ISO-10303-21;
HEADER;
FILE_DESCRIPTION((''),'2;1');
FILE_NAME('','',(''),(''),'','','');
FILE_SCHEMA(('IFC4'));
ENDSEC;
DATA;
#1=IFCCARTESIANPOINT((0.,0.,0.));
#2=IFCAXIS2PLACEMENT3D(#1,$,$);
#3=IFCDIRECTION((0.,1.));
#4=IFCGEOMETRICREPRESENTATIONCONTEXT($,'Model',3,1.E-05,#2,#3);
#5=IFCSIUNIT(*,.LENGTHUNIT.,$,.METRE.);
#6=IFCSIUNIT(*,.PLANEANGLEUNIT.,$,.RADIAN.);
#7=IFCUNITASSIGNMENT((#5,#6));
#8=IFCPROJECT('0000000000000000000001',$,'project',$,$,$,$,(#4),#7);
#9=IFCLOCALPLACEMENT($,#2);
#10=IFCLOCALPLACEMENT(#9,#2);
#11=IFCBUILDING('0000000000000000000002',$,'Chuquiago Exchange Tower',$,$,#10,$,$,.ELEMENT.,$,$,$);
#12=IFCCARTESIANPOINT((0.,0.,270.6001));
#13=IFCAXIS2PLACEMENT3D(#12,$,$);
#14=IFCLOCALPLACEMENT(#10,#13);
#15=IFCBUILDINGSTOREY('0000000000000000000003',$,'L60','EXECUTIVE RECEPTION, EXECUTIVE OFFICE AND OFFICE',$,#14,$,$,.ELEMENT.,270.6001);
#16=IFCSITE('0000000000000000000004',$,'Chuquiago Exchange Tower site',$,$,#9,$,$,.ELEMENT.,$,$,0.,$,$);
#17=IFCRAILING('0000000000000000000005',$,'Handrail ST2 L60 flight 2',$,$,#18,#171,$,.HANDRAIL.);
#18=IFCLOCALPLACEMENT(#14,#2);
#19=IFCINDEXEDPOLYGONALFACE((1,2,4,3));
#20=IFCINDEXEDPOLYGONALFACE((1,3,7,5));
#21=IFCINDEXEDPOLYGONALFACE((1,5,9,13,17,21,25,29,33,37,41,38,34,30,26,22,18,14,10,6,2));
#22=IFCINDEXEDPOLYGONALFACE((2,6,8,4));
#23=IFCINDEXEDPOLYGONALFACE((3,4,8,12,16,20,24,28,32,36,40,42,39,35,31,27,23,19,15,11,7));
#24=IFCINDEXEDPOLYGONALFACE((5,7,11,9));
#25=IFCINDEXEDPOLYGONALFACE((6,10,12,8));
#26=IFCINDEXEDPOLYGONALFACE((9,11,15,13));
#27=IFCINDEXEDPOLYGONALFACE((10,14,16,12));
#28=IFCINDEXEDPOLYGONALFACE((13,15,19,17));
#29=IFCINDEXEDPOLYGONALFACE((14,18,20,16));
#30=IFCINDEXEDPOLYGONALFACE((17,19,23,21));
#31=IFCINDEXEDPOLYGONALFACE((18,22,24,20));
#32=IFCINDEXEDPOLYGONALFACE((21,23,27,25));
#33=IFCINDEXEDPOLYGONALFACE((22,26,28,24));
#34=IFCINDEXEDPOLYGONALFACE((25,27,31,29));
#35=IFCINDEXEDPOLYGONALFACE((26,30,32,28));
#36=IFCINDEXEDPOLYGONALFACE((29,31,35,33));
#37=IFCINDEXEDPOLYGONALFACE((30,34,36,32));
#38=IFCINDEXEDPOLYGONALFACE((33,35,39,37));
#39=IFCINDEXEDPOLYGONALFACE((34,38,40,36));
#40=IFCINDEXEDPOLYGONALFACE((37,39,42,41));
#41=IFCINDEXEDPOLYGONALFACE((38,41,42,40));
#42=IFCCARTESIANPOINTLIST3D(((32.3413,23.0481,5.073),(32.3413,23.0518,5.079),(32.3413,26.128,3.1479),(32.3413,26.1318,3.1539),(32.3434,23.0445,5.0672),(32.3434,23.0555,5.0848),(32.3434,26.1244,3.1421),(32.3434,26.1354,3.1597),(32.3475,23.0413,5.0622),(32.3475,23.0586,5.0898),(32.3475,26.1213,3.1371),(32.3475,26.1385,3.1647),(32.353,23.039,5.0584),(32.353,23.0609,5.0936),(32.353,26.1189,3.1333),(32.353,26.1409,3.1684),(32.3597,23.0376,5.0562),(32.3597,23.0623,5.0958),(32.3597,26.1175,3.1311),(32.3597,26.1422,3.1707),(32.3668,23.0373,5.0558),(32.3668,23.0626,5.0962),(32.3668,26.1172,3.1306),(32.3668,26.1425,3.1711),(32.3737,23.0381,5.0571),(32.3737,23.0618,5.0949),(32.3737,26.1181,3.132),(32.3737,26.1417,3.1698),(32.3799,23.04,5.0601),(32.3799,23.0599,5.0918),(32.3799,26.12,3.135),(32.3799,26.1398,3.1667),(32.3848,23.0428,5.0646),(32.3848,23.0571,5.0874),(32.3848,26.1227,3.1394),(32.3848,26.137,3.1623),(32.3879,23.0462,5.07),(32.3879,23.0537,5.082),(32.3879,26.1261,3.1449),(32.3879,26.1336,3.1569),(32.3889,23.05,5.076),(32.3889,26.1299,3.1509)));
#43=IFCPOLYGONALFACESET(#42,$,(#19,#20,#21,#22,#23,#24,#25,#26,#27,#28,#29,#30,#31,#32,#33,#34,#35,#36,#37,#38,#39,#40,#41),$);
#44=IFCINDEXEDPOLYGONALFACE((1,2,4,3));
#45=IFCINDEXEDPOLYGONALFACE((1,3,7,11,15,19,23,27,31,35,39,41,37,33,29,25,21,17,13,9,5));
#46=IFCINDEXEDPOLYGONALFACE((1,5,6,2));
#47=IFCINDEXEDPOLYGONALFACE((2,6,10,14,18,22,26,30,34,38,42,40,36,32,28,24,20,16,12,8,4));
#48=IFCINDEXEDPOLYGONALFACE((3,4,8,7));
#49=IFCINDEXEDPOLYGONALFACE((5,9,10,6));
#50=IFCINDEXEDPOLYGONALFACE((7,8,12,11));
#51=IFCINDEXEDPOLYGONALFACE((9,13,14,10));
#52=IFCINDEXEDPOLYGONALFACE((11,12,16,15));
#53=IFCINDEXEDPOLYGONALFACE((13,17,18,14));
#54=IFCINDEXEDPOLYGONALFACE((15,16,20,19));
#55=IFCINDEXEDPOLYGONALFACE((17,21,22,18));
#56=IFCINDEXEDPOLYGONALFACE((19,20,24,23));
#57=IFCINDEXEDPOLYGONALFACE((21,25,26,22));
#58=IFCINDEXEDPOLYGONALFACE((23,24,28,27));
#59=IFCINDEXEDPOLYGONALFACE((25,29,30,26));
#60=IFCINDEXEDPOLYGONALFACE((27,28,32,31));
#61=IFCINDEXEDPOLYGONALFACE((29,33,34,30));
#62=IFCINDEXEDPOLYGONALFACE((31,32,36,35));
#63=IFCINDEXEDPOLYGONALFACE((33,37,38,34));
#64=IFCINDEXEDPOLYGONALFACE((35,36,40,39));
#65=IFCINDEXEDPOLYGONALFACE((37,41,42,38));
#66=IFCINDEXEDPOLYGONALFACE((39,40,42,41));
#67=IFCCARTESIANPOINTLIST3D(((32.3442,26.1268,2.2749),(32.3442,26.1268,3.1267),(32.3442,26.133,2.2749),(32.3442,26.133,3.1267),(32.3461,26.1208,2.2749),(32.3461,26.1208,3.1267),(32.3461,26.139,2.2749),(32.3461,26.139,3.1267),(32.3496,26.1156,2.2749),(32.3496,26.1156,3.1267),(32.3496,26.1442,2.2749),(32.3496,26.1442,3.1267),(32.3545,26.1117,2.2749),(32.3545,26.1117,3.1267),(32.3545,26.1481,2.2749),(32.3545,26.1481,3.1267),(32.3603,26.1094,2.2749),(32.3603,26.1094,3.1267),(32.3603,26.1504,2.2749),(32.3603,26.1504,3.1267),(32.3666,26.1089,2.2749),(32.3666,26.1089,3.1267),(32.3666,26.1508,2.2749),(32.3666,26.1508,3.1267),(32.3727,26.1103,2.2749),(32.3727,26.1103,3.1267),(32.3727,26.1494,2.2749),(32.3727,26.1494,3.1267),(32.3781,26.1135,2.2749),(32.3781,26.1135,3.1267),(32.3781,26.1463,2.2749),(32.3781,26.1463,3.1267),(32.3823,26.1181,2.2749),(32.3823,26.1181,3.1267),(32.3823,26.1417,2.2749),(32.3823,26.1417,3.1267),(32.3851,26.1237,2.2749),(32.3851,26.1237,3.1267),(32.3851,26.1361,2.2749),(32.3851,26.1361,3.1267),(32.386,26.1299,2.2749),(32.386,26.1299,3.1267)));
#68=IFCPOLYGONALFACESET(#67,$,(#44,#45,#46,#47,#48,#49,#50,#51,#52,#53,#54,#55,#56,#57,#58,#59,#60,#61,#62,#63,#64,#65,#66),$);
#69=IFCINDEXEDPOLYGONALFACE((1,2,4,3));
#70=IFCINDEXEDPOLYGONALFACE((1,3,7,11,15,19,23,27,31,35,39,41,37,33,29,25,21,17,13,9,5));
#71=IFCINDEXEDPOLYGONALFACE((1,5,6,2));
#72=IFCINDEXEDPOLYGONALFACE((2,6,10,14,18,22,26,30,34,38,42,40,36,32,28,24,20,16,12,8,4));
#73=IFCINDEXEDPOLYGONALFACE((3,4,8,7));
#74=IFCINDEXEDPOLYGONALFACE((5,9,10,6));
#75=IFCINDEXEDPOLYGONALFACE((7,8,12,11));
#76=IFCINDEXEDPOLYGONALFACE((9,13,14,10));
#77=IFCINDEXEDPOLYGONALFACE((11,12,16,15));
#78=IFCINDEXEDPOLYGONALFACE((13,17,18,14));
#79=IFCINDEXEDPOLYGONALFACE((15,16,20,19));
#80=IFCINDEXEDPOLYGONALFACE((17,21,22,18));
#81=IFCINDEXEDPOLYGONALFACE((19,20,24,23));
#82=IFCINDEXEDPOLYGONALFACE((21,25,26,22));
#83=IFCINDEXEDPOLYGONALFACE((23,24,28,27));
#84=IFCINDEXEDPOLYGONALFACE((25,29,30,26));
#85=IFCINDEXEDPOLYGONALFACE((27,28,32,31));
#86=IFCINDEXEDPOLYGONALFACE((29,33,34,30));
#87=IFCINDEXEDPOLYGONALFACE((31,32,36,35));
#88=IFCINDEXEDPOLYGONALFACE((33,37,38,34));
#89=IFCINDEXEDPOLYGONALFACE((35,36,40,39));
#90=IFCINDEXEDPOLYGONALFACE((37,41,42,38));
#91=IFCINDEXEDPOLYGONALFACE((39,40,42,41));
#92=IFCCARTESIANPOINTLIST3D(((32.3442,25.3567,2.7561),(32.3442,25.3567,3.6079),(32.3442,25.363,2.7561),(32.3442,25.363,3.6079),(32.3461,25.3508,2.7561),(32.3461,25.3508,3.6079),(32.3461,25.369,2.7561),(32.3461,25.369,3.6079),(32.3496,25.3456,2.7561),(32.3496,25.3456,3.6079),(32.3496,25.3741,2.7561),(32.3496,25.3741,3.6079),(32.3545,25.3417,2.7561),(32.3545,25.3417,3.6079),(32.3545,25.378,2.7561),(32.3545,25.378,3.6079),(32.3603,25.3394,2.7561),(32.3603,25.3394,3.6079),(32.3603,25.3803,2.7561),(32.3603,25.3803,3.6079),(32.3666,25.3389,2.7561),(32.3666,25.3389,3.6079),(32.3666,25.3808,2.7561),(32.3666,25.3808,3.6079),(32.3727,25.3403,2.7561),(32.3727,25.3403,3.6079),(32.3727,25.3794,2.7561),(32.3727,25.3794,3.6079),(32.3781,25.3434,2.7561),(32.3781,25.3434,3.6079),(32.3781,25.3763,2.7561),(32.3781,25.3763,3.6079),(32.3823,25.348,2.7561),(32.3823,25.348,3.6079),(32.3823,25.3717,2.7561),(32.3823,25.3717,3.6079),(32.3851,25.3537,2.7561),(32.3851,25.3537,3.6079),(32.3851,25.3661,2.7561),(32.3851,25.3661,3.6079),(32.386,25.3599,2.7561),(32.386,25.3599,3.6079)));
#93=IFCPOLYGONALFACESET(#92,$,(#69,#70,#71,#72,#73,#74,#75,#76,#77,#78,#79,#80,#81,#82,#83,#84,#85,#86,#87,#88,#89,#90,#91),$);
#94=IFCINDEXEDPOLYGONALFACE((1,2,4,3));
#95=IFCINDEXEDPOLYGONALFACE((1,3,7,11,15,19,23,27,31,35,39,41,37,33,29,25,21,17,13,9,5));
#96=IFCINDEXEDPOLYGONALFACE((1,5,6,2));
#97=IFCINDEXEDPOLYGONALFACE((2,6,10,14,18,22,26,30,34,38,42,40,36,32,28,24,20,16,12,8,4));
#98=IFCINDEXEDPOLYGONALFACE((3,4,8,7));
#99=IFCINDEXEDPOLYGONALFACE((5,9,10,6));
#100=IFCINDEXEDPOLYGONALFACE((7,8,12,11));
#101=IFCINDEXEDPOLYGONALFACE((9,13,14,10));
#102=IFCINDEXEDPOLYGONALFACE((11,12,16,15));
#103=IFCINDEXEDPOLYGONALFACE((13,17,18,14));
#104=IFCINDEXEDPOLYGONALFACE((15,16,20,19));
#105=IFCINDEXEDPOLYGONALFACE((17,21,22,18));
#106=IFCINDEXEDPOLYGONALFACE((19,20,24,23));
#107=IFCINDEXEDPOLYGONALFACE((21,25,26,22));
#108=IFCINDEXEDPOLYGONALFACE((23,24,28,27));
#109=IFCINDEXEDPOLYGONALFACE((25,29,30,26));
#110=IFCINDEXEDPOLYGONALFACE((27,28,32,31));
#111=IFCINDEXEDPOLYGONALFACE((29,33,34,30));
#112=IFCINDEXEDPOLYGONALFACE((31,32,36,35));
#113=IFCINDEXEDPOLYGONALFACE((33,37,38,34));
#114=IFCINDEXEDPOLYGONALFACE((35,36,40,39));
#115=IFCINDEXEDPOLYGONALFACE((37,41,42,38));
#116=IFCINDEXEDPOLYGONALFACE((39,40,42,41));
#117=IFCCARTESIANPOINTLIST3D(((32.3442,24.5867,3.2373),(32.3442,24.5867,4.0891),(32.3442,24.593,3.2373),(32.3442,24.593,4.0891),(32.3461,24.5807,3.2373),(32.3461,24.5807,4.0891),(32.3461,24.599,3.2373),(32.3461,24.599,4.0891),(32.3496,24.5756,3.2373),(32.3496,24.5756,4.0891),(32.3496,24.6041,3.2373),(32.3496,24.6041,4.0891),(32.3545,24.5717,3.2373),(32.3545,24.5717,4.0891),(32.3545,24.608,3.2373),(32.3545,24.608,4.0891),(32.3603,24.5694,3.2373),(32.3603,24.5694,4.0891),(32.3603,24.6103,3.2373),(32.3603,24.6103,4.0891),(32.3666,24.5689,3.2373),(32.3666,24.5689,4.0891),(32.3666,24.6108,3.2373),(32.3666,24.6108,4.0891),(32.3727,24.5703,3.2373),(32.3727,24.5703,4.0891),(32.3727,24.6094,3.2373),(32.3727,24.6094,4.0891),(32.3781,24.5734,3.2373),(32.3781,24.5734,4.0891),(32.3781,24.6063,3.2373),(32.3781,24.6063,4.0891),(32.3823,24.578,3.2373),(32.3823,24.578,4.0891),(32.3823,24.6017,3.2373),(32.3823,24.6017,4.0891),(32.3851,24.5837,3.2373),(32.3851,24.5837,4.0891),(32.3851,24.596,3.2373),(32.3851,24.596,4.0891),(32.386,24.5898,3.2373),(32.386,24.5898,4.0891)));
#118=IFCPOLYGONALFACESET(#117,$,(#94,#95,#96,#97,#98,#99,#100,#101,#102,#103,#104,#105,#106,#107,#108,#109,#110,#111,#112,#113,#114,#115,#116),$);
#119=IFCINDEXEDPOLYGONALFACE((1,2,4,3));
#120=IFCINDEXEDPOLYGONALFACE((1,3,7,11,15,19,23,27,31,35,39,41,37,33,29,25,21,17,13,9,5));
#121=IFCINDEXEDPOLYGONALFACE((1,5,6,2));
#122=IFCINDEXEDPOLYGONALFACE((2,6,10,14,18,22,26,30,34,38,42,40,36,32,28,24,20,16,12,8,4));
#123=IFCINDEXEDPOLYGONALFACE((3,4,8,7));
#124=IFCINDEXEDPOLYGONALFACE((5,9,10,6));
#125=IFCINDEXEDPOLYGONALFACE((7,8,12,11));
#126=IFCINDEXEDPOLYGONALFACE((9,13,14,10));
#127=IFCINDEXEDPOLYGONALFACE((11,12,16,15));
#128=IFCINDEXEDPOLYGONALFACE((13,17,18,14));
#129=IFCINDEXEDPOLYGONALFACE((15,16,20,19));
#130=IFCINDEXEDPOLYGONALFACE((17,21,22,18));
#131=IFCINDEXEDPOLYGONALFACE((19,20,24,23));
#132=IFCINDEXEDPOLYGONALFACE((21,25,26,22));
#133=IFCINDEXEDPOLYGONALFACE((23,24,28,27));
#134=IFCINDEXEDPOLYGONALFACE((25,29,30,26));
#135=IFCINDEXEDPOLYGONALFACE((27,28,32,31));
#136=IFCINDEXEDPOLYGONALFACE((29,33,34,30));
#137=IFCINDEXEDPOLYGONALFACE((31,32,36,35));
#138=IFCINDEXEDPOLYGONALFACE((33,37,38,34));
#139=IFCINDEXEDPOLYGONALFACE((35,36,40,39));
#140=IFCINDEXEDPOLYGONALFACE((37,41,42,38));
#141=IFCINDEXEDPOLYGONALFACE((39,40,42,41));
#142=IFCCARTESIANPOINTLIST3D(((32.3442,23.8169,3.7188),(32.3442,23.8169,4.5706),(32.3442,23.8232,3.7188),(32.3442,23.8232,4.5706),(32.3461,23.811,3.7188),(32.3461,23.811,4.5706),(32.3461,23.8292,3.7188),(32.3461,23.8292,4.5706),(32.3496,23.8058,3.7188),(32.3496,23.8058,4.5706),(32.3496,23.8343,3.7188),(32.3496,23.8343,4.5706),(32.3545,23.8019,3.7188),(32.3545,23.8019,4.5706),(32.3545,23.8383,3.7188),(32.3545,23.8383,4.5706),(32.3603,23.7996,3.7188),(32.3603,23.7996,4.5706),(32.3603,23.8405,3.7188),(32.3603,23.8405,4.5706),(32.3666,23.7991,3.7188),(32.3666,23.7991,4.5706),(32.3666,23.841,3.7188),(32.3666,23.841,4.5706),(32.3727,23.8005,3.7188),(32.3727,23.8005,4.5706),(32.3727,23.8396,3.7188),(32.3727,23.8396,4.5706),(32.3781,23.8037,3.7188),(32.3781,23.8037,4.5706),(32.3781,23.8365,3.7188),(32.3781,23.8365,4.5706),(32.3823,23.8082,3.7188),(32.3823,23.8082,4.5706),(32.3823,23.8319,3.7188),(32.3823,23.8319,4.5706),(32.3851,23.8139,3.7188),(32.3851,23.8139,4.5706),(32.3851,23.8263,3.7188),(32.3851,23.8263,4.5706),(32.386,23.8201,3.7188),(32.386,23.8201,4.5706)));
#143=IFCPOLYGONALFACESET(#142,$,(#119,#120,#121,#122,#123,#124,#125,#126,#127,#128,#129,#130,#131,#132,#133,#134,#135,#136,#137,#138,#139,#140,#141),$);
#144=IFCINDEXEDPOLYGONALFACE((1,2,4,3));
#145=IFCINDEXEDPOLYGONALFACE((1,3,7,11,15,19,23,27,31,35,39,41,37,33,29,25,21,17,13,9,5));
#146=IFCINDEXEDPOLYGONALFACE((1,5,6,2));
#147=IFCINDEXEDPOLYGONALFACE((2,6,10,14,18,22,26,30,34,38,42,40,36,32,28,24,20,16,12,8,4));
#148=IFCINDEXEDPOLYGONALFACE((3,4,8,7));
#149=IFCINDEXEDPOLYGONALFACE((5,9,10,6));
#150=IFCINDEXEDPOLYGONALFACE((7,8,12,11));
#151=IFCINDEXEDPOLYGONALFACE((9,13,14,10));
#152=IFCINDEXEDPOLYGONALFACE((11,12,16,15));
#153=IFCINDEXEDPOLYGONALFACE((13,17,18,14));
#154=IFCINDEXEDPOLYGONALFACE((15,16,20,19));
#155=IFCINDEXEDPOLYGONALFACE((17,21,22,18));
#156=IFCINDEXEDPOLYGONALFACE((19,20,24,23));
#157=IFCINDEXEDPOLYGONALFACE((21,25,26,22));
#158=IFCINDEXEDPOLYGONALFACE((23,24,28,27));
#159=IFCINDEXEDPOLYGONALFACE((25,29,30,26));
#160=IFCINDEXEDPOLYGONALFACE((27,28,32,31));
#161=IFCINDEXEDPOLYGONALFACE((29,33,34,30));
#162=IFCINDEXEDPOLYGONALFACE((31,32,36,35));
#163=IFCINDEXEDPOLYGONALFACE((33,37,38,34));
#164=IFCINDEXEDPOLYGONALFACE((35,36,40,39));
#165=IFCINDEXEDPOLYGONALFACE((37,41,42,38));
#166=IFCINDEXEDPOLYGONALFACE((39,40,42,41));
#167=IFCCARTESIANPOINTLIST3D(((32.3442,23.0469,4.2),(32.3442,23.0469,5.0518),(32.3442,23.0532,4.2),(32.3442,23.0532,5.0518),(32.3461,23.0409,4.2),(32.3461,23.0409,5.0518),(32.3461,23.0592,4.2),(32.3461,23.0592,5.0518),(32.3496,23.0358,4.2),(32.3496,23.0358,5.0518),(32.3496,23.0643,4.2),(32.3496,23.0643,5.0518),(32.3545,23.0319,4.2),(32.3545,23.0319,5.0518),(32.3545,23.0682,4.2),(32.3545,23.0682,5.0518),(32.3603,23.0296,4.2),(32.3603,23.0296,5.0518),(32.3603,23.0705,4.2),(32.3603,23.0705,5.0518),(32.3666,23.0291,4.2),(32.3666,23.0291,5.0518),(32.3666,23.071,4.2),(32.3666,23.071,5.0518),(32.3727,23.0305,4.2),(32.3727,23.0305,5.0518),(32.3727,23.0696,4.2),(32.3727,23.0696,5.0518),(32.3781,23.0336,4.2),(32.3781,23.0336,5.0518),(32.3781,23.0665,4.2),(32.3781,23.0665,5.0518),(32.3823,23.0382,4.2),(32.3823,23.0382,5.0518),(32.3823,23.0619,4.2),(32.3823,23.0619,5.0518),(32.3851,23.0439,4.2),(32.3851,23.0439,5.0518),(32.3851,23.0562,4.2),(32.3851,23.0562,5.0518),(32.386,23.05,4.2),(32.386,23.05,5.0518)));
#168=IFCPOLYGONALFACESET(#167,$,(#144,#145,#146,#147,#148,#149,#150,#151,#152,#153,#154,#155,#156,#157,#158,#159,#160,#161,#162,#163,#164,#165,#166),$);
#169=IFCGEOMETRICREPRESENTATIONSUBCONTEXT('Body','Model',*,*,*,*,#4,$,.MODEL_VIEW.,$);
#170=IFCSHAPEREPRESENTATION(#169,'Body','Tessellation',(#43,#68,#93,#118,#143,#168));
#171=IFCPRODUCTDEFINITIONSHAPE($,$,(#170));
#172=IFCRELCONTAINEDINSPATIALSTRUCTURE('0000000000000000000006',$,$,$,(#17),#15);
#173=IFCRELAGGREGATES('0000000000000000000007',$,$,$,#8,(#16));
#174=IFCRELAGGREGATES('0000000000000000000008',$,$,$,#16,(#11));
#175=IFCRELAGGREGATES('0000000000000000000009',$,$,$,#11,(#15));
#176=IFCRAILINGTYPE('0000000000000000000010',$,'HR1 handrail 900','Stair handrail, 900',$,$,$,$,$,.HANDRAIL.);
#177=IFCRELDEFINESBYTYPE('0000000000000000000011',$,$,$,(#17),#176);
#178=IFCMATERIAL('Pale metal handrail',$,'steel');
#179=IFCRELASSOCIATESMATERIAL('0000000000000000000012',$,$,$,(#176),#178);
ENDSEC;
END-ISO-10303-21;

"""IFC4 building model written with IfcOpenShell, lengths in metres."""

from ifc_helpers import new_model, si_unit, direction, frame, origin, origin_2d, place, context, subcontext, project, spatial, circle, extrude, material, type_object, element, save


model = new_model("IFC4")

# Units and contexts
model_context = context("Model", 3, precision=1e-05, world=origin(), true_north=direction((0.0, 1.0)))
body_context = subcontext(model_context, "Body", "Model", "MODEL_VIEW")
ifc_project = project(units=[si_unit("LENGTHUNIT", "METRE"), si_unit("PLANEANGLEUNIT", "RADIAN")], contexts=[model_context])

# Site, building, storey
site_placement = place(None, origin())
site = spatial("IfcSite", under=ifc_project, at=site_placement, Name="Chuquiago Exchange Tower site", CompositionType="ELEMENT", RefElevation=0.0)
building_placement = place(site_placement, origin())
building = spatial("IfcBuilding", under=site, at=building_placement, Name="Chuquiago Exchange Tower", CompositionType="ELEMENT")
storey_placement = place(building_placement, frame((0.0, 0.0, 270.6001)))
storey = spatial("IfcBuildingStorey", under=building, at=storey_placement, Name="L60", Description="EXECUTIVE RECEPTION, EXECUTIVE OFFICE AND OFFICE", CompositionType="ELEMENT", Elevation=270.6001)

# Railing
ifc_material_1 = material(Name="Pale metal handrail", Category="steel")
railing_type_1 = type_object("IfcRailingType", Name="HR1 handrail 900", Description="Stair handrail, 900", PredefinedType="HANDRAIL", material=ifc_material_1)
for number, where, name in (
    (1, (32.365, 26.1299, 2.2749), "Handrail ST2 L60 flight 2"),
):
    element("IfcRailing", number, at=place(storey_placement, frame(where)), inside=storey, type_object=railing_type_1, Name=name, PredefinedType="HANDRAIL", context=body_context, shape_type="SweptSolid", body=[
        extrude(circle(Radius=0.0239, at=origin_2d()), frame((0.0, 0.0, 0.876), z_axis=(0.0, -0.847979, 0.530029), x_axis=(1.0, 0.0, 0.0)), (0.0, 0.0, 1.0), 3.6321),
        extrude(circle(Radius=0.021, at=origin_2d()), origin(), (0.0, 0.0, 1.0), 0.8518),
        extrude(circle(Radius=0.021, at=origin_2d()), frame((0.0, -0.77, 0.4812)), (0.0, 0.0, 1.0), 0.8518),
        extrude(circle(Radius=0.021, at=origin_2d()), frame((0.0, -1.54, 0.9624)), (0.0, 0.0, 1.0), 0.8518),
        extrude(circle(Radius=0.021, at=origin_2d()), frame((0.0, -2.3098, 1.4438)), (0.0, 0.0, 1.0), 0.8518),
        extrude(circle(Radius=0.021, at=origin_2d()), frame((0.0, -3.0798, 1.925)), (0.0, 0.0, 1.0), 0.8518),
    ])

save(model, "model.ifc")
